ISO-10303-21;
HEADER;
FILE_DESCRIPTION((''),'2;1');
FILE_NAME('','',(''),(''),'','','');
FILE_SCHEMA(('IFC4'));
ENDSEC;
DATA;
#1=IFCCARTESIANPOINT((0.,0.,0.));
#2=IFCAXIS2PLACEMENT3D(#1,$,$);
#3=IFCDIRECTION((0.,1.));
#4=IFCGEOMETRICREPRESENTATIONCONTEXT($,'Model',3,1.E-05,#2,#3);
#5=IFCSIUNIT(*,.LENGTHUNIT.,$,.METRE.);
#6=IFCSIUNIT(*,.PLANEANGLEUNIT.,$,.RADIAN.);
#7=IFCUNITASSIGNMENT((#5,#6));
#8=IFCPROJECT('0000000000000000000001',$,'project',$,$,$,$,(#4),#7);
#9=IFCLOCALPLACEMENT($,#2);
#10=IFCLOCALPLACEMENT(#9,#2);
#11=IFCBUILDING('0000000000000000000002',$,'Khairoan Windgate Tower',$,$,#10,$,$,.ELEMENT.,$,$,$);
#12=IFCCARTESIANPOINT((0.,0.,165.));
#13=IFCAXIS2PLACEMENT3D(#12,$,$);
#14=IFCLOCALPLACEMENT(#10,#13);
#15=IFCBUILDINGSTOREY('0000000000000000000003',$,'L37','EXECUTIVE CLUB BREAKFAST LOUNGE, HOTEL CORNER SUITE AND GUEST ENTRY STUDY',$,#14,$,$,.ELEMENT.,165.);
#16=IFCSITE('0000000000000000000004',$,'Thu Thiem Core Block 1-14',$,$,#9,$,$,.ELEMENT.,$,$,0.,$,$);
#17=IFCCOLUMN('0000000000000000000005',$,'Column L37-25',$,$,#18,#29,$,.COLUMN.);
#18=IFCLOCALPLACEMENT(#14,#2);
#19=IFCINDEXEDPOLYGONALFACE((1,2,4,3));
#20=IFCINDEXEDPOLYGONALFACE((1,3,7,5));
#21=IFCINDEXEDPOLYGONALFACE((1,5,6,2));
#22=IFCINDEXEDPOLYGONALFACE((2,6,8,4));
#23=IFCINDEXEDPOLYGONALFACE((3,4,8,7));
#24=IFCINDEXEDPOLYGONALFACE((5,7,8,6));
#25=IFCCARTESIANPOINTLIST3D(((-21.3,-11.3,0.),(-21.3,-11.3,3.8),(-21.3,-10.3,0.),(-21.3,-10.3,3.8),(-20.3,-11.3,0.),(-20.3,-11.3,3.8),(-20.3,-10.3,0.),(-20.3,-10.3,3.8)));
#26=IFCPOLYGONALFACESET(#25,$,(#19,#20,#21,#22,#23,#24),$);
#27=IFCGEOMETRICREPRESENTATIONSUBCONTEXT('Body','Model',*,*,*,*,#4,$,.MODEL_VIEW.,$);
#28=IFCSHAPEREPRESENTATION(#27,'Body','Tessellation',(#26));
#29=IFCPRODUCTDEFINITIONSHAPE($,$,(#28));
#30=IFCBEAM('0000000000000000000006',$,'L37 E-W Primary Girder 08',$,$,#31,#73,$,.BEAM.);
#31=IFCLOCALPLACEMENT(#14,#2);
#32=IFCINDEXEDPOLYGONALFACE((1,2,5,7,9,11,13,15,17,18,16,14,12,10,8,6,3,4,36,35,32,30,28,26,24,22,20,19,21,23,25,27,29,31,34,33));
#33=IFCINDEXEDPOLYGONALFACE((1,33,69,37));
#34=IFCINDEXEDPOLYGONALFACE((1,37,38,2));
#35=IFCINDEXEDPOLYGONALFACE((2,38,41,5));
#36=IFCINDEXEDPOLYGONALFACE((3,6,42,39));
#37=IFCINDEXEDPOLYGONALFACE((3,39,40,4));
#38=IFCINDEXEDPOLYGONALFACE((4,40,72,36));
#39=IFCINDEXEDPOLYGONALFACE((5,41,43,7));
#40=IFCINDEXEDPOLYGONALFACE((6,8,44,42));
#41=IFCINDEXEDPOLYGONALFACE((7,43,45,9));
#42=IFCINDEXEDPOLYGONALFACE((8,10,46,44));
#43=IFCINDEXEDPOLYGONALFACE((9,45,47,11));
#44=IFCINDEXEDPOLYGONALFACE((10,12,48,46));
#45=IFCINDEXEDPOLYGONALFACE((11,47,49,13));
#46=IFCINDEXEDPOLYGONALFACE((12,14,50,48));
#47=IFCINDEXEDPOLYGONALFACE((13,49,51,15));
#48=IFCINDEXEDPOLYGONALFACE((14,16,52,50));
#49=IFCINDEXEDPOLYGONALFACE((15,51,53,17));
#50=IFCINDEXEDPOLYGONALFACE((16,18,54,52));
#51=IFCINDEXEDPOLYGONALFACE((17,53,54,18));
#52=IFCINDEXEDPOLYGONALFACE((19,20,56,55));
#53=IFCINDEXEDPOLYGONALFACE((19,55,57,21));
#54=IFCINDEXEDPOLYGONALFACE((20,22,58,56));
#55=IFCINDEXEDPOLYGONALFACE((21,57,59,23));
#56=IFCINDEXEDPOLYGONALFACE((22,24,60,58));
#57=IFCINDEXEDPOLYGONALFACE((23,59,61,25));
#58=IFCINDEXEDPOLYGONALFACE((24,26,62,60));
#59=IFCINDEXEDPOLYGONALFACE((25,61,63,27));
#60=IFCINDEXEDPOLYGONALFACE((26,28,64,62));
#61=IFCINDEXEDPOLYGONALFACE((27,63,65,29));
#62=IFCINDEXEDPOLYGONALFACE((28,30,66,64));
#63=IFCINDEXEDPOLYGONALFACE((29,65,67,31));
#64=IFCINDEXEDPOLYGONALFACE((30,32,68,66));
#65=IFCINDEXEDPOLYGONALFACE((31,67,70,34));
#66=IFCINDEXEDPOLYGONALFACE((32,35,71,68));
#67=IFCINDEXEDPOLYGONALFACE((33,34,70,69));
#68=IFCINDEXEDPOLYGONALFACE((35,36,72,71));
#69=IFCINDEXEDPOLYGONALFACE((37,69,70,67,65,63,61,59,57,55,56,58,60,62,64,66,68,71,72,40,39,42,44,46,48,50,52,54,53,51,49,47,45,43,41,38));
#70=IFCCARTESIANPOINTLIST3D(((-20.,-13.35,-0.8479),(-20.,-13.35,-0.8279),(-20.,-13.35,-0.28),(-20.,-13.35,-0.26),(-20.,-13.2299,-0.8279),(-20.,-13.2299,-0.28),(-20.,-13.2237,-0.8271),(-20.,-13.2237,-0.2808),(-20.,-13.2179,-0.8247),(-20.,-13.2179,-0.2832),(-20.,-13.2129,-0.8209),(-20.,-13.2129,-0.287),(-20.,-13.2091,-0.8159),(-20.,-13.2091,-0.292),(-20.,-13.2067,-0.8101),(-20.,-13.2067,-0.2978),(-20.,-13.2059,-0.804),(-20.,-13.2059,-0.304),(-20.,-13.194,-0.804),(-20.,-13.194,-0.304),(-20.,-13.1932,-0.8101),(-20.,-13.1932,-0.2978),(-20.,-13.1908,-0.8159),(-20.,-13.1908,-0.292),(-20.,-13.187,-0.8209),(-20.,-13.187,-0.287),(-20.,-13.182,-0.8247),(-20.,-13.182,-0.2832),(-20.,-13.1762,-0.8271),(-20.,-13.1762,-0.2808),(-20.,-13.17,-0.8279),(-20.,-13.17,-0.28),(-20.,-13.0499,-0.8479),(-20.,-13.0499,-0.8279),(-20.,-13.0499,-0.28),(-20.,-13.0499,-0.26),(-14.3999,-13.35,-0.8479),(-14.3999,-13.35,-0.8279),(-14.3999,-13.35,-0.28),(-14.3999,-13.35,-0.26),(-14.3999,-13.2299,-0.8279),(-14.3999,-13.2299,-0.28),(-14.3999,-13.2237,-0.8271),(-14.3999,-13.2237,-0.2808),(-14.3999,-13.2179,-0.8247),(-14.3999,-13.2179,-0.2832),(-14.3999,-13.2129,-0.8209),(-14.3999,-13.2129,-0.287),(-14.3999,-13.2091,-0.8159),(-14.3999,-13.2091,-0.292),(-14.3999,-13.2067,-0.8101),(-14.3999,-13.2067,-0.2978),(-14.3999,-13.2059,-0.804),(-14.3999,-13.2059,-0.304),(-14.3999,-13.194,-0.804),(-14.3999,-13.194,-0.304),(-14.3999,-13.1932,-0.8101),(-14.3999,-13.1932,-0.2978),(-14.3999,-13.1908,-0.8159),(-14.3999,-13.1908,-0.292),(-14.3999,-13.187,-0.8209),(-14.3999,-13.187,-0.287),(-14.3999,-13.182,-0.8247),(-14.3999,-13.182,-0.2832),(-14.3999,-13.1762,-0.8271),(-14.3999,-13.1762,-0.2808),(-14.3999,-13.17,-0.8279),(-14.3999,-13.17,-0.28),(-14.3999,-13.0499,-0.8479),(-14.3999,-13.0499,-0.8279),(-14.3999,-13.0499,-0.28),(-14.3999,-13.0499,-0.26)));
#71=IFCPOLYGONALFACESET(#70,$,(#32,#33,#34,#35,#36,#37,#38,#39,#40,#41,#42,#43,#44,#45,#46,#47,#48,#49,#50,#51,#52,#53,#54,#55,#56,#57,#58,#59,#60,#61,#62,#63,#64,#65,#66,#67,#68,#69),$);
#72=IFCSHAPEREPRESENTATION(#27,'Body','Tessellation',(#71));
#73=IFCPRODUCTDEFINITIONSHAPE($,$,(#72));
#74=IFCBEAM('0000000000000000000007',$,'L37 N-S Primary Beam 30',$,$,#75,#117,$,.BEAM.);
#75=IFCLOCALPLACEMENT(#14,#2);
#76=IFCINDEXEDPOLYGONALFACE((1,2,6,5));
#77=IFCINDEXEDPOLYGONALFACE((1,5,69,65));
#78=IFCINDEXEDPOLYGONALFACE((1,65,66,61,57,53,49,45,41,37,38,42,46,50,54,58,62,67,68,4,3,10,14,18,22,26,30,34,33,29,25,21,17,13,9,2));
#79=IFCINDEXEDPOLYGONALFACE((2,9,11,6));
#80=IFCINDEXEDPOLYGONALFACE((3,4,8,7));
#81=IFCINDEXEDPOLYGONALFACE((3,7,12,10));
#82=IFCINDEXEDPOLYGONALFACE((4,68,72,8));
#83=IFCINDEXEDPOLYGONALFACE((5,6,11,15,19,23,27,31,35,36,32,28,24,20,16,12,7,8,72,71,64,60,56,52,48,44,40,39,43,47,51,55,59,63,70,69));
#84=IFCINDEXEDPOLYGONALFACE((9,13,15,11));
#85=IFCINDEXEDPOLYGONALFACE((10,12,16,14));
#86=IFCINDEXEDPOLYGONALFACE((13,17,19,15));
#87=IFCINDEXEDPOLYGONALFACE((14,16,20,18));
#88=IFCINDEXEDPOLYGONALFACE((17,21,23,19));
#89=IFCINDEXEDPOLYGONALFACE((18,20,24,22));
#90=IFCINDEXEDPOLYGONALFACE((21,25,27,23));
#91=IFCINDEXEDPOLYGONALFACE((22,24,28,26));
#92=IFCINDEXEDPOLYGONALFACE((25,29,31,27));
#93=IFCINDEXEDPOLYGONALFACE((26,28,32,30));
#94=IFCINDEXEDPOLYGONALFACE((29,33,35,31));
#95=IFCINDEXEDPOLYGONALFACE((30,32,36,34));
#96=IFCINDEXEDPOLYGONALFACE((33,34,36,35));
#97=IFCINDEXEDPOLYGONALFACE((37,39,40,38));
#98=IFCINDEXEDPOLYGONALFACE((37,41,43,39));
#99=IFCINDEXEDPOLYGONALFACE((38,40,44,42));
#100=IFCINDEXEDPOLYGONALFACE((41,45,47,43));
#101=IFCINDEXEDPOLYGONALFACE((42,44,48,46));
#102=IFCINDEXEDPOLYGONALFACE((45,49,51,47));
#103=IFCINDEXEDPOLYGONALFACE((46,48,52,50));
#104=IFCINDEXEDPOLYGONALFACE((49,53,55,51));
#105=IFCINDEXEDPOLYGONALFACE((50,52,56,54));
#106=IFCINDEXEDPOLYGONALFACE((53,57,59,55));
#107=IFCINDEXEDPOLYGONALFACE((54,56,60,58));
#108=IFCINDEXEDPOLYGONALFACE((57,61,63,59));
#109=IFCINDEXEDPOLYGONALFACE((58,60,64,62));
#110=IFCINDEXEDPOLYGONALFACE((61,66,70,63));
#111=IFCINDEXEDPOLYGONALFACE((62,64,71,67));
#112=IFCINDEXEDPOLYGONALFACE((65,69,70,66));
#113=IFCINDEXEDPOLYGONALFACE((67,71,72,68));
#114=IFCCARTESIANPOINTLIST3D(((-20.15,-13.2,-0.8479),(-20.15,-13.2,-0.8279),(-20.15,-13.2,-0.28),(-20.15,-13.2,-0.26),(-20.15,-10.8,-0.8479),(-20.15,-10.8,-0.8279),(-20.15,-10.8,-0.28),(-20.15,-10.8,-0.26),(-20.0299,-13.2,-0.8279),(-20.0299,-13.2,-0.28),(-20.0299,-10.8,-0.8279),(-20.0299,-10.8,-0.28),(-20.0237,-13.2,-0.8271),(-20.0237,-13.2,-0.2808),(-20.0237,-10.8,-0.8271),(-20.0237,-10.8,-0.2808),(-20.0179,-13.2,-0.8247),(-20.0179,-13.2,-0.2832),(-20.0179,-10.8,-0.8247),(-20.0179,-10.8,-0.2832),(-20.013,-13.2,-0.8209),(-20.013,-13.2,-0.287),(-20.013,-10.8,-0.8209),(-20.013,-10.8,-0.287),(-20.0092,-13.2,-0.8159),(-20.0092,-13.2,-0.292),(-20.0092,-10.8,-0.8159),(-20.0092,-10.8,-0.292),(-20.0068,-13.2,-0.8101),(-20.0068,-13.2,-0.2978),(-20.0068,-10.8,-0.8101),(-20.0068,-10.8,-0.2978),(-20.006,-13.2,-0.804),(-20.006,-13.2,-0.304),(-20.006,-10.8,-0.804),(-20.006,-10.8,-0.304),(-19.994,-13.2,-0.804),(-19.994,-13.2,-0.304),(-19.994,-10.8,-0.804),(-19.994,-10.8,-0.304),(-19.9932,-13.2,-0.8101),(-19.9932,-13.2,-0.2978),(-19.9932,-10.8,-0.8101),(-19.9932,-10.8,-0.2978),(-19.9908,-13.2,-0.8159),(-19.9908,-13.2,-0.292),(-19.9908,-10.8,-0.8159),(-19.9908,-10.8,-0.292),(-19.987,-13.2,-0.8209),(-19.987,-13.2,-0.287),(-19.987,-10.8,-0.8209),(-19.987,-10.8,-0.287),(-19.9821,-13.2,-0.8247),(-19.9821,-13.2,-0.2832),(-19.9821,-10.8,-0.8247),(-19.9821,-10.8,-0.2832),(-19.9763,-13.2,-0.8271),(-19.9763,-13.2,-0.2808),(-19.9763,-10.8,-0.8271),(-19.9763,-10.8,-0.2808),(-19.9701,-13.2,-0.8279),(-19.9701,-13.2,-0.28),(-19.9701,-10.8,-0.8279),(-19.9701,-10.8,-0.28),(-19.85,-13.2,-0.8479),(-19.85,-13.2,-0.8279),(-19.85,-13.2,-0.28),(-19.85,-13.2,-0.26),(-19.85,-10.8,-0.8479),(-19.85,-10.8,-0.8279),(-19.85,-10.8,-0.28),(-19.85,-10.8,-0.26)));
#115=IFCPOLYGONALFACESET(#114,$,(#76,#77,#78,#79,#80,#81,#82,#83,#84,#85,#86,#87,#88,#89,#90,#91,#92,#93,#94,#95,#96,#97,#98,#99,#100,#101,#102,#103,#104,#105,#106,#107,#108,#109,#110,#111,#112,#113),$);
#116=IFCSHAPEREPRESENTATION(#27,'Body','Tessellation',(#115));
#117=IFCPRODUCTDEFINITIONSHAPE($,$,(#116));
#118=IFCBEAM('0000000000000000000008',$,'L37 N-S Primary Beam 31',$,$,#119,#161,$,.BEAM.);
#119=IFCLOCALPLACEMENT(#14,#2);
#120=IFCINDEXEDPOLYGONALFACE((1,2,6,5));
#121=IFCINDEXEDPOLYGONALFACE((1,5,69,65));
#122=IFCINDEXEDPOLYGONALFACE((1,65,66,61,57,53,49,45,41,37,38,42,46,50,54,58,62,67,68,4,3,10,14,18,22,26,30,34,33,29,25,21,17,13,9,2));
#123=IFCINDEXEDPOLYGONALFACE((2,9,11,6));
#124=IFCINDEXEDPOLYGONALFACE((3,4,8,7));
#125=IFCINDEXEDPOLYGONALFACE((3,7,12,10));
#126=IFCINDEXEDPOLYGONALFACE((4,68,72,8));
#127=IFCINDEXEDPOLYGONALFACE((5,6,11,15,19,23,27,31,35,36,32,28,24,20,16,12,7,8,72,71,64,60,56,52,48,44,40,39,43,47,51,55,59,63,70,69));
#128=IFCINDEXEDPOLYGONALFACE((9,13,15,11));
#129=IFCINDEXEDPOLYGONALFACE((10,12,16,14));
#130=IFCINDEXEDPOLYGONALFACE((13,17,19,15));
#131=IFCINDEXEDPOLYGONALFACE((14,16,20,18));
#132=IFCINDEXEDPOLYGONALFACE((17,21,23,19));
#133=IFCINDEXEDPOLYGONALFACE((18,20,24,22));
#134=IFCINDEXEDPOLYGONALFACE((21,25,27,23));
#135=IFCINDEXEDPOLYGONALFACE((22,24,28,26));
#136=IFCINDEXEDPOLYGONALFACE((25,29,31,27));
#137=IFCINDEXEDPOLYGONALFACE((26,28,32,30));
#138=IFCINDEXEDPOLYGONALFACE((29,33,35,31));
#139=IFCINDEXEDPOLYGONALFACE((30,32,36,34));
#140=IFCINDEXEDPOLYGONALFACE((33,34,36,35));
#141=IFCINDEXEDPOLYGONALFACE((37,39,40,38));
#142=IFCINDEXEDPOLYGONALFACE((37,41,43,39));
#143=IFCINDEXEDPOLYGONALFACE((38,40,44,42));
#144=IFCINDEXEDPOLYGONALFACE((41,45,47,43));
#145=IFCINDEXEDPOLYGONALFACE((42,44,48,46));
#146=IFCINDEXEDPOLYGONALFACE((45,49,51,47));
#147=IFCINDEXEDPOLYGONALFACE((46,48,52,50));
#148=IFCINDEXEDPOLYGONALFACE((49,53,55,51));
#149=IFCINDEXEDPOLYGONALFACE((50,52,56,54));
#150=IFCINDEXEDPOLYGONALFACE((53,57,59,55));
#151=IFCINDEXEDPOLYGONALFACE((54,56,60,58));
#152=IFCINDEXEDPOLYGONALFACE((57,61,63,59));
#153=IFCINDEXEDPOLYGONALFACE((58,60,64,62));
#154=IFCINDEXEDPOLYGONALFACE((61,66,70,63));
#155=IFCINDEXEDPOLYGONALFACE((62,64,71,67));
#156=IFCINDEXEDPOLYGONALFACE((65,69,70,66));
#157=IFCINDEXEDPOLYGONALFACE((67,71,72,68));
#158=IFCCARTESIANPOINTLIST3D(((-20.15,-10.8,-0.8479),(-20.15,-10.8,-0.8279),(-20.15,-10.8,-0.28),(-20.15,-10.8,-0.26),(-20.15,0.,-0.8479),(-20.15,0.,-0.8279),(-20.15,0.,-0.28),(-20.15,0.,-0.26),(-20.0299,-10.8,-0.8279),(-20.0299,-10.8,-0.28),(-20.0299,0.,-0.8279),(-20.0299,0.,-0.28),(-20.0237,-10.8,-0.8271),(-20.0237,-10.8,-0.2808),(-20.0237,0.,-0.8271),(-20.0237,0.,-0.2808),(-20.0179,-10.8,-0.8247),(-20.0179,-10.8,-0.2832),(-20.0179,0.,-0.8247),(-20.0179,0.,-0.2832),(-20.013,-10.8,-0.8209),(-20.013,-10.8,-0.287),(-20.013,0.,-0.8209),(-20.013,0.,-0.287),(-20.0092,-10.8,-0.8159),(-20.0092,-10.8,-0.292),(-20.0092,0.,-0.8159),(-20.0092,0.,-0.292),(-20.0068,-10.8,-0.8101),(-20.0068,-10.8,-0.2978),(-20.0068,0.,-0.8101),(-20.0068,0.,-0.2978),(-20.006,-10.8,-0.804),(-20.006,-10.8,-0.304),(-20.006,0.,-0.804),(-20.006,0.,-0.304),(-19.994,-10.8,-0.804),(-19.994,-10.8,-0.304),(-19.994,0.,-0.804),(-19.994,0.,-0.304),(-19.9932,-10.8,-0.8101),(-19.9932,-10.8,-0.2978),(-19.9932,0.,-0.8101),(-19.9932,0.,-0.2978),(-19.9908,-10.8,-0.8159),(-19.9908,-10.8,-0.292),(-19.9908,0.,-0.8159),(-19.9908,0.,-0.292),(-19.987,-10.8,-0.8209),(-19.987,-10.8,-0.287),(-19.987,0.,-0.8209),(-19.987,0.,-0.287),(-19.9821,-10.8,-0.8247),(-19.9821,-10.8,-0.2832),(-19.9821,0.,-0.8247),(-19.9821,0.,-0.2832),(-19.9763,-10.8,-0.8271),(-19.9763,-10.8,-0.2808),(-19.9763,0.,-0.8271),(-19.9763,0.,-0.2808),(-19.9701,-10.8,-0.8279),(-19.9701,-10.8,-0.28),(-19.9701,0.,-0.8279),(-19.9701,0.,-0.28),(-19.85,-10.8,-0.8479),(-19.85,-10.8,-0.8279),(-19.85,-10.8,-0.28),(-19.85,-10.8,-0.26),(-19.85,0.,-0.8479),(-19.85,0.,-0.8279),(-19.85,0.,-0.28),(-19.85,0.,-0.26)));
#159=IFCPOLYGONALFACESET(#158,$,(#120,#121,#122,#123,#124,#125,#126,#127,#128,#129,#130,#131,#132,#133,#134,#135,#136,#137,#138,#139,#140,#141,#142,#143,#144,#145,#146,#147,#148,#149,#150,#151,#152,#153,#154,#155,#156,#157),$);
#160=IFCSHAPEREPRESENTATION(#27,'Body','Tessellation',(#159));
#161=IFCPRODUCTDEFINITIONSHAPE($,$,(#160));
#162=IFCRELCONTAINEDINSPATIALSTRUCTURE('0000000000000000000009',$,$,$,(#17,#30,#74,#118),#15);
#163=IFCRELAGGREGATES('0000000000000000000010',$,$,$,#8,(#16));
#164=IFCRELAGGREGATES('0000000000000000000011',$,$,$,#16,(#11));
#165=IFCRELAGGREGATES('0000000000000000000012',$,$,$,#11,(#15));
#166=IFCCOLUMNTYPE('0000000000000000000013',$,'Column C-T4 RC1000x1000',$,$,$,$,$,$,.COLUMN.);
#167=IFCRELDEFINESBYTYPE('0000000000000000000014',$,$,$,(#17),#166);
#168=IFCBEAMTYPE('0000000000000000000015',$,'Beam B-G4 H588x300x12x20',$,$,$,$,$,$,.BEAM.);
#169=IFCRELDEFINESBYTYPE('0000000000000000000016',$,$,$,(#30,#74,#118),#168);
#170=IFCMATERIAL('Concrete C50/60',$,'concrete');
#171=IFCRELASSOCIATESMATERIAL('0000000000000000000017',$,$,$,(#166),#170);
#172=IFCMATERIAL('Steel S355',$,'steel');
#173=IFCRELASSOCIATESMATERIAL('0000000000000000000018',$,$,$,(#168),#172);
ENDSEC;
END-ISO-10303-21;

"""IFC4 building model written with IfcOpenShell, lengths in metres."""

from ifc_helpers import new_model, si_unit, direction, frame, origin, origin_2d, place, context, subcontext, project, spatial, rectangle, i_section, extrude, material, material_profile, profile_set, type_object, element, save


model = new_model("IFC4")

# Units and contexts
model_context = context("Model", 3, precision=1e-05, world=origin(), true_north=direction((0.0, 1.0)))
body_context = subcontext(model_context, "Body", "Model", "MODEL_VIEW")
ifc_project = project(units=[si_unit("LENGTHUNIT", "METRE"), si_unit("PLANEANGLEUNIT", "RADIAN")], contexts=[model_context])

# Site, building, storey
site_placement = place(None, origin())
site = spatial("IfcSite", under=ifc_project, at=site_placement, Name="Thu Thiem Core Block 1-14", CompositionType="ELEMENT", RefElevation=0.0)
building_placement = place(site_placement, origin())
building = spatial("IfcBuilding", under=site, at=building_placement, Name="Khairoan Windgate Tower", CompositionType="ELEMENT")
storey_placement = place(building_placement, frame((0.0, 0.0, 165.0)))
storey = spatial("IfcBuildingStorey", under=building, at=storey_placement, Name="L37", Description="EXECUTIVE CLUB BREAKFAST LOUNGE, HOTEL CORNER SUITE AND GUEST ENTRY STUDY", CompositionType="ELEMENT", Elevation=165.0)

# Column
ifc_material_1 = material(Name="Concrete C50/60", Category="concrete")
ifc_material_profile_1 = material_profile(ifc_material_1, rectangle(XDim=1.0, YDim=1.0, at=origin_2d()))
ifc_profile_set_1 = profile_set([ifc_material_profile_1], Name="Concrete C50/60")
column_type = type_object("IfcColumnType", Name="Column C-T4 RC1000x1000", PredefinedType="COLUMN", material=ifc_profile_set_1)
column_placement = place(storey_placement, frame((-20.8, -10.8, 0.0), z_axis=(0.0, 0.0, 1.0), x_axis=(1.0, 0.0, 0.0)))
element("IfcColumn", 1, at=column_placement, inside=storey, type_object=column_type, Name="Column L37-25", PredefinedType="COLUMN", context=body_context, shape_type="SweptSolid", body=[
    extrude(rectangle(XDim=1.0, YDim=1.0, at=origin_2d()), origin(), (0.0, 0.0, 1.0), 3.8),
])

# Beams
ifc_material_2 = material(Name="Steel S355", Category="steel")
ifc_material_profile_2 = material_profile(ifc_material_2, i_section(OverallWidth=0.3, OverallDepth=0.5879, WebThickness=0.012, FlangeThickness=0.02, FilletRadius=0.0239, at=origin_2d()))
ifc_profile_set_2 = profile_set([ifc_material_profile_2], Name="Steel S355")
beam_type_1 = type_object("IfcBeamType", Name="Beam B-G4 H588x300x12x20", PredefinedType="BEAM", material=ifc_profile_set_2)
beam_1_placement = place(storey_placement, frame((-20.0, -13.2, -0.554), z_axis=(1.0, 0.0, 0.0), x_axis=(0.0, 1.0, 0.0)))
element("IfcBeam", 2, at=beam_1_placement, inside=storey, type_object=beam_type_1, Name="L37 E-W Primary Girder 08", PredefinedType="BEAM", context=body_context, shape_type="SweptSolid", body=[
    extrude(i_section(OverallWidth=0.3, OverallDepth=0.5879, WebThickness=0.012, FlangeThickness=0.02, FilletRadius=0.0239, at=origin_2d()), origin(), (0.0, 0.0, 1.0), 5.6001),
])
beam_2_placement = place(storey_placement, frame((-20.0, -13.2, -0.554), z_axis=(0.0, 1.0, 0.0), x_axis=(-1.0, 0.0, 0.0)))
element("IfcBeam", 3, at=beam_2_placement, inside=storey, type_object=beam_type_1, Name="L37 N-S Primary Beam 30", PredefinedType="BEAM", context=body_context, shape_type="SweptSolid", body=[
    extrude(i_section(OverallWidth=0.3, OverallDepth=0.5879, WebThickness=0.012, FlangeThickness=0.02, FilletRadius=0.0239, at=origin_2d()), origin(), (0.0, 0.0, 1.0), 2.3999),
])
beam_3_placement = place(storey_placement, frame((-20.0, -10.8, -0.554), z_axis=(0.0, 1.0, 0.0), x_axis=(-1.0, 0.0, 0.0)))
element("IfcBeam", 4, at=beam_3_placement, inside=storey, type_object=beam_type_1, Name="L37 N-S Primary Beam 31", PredefinedType="BEAM", context=body_context, shape_type="SweptSolid", body=[
    extrude(i_section(OverallWidth=0.3, OverallDepth=0.5879, WebThickness=0.012, FlangeThickness=0.02, FilletRadius=0.0239, at=origin_2d()), origin(), (0.0, 0.0, 1.0), 10.8),
])

save(model, "model.ifc")
